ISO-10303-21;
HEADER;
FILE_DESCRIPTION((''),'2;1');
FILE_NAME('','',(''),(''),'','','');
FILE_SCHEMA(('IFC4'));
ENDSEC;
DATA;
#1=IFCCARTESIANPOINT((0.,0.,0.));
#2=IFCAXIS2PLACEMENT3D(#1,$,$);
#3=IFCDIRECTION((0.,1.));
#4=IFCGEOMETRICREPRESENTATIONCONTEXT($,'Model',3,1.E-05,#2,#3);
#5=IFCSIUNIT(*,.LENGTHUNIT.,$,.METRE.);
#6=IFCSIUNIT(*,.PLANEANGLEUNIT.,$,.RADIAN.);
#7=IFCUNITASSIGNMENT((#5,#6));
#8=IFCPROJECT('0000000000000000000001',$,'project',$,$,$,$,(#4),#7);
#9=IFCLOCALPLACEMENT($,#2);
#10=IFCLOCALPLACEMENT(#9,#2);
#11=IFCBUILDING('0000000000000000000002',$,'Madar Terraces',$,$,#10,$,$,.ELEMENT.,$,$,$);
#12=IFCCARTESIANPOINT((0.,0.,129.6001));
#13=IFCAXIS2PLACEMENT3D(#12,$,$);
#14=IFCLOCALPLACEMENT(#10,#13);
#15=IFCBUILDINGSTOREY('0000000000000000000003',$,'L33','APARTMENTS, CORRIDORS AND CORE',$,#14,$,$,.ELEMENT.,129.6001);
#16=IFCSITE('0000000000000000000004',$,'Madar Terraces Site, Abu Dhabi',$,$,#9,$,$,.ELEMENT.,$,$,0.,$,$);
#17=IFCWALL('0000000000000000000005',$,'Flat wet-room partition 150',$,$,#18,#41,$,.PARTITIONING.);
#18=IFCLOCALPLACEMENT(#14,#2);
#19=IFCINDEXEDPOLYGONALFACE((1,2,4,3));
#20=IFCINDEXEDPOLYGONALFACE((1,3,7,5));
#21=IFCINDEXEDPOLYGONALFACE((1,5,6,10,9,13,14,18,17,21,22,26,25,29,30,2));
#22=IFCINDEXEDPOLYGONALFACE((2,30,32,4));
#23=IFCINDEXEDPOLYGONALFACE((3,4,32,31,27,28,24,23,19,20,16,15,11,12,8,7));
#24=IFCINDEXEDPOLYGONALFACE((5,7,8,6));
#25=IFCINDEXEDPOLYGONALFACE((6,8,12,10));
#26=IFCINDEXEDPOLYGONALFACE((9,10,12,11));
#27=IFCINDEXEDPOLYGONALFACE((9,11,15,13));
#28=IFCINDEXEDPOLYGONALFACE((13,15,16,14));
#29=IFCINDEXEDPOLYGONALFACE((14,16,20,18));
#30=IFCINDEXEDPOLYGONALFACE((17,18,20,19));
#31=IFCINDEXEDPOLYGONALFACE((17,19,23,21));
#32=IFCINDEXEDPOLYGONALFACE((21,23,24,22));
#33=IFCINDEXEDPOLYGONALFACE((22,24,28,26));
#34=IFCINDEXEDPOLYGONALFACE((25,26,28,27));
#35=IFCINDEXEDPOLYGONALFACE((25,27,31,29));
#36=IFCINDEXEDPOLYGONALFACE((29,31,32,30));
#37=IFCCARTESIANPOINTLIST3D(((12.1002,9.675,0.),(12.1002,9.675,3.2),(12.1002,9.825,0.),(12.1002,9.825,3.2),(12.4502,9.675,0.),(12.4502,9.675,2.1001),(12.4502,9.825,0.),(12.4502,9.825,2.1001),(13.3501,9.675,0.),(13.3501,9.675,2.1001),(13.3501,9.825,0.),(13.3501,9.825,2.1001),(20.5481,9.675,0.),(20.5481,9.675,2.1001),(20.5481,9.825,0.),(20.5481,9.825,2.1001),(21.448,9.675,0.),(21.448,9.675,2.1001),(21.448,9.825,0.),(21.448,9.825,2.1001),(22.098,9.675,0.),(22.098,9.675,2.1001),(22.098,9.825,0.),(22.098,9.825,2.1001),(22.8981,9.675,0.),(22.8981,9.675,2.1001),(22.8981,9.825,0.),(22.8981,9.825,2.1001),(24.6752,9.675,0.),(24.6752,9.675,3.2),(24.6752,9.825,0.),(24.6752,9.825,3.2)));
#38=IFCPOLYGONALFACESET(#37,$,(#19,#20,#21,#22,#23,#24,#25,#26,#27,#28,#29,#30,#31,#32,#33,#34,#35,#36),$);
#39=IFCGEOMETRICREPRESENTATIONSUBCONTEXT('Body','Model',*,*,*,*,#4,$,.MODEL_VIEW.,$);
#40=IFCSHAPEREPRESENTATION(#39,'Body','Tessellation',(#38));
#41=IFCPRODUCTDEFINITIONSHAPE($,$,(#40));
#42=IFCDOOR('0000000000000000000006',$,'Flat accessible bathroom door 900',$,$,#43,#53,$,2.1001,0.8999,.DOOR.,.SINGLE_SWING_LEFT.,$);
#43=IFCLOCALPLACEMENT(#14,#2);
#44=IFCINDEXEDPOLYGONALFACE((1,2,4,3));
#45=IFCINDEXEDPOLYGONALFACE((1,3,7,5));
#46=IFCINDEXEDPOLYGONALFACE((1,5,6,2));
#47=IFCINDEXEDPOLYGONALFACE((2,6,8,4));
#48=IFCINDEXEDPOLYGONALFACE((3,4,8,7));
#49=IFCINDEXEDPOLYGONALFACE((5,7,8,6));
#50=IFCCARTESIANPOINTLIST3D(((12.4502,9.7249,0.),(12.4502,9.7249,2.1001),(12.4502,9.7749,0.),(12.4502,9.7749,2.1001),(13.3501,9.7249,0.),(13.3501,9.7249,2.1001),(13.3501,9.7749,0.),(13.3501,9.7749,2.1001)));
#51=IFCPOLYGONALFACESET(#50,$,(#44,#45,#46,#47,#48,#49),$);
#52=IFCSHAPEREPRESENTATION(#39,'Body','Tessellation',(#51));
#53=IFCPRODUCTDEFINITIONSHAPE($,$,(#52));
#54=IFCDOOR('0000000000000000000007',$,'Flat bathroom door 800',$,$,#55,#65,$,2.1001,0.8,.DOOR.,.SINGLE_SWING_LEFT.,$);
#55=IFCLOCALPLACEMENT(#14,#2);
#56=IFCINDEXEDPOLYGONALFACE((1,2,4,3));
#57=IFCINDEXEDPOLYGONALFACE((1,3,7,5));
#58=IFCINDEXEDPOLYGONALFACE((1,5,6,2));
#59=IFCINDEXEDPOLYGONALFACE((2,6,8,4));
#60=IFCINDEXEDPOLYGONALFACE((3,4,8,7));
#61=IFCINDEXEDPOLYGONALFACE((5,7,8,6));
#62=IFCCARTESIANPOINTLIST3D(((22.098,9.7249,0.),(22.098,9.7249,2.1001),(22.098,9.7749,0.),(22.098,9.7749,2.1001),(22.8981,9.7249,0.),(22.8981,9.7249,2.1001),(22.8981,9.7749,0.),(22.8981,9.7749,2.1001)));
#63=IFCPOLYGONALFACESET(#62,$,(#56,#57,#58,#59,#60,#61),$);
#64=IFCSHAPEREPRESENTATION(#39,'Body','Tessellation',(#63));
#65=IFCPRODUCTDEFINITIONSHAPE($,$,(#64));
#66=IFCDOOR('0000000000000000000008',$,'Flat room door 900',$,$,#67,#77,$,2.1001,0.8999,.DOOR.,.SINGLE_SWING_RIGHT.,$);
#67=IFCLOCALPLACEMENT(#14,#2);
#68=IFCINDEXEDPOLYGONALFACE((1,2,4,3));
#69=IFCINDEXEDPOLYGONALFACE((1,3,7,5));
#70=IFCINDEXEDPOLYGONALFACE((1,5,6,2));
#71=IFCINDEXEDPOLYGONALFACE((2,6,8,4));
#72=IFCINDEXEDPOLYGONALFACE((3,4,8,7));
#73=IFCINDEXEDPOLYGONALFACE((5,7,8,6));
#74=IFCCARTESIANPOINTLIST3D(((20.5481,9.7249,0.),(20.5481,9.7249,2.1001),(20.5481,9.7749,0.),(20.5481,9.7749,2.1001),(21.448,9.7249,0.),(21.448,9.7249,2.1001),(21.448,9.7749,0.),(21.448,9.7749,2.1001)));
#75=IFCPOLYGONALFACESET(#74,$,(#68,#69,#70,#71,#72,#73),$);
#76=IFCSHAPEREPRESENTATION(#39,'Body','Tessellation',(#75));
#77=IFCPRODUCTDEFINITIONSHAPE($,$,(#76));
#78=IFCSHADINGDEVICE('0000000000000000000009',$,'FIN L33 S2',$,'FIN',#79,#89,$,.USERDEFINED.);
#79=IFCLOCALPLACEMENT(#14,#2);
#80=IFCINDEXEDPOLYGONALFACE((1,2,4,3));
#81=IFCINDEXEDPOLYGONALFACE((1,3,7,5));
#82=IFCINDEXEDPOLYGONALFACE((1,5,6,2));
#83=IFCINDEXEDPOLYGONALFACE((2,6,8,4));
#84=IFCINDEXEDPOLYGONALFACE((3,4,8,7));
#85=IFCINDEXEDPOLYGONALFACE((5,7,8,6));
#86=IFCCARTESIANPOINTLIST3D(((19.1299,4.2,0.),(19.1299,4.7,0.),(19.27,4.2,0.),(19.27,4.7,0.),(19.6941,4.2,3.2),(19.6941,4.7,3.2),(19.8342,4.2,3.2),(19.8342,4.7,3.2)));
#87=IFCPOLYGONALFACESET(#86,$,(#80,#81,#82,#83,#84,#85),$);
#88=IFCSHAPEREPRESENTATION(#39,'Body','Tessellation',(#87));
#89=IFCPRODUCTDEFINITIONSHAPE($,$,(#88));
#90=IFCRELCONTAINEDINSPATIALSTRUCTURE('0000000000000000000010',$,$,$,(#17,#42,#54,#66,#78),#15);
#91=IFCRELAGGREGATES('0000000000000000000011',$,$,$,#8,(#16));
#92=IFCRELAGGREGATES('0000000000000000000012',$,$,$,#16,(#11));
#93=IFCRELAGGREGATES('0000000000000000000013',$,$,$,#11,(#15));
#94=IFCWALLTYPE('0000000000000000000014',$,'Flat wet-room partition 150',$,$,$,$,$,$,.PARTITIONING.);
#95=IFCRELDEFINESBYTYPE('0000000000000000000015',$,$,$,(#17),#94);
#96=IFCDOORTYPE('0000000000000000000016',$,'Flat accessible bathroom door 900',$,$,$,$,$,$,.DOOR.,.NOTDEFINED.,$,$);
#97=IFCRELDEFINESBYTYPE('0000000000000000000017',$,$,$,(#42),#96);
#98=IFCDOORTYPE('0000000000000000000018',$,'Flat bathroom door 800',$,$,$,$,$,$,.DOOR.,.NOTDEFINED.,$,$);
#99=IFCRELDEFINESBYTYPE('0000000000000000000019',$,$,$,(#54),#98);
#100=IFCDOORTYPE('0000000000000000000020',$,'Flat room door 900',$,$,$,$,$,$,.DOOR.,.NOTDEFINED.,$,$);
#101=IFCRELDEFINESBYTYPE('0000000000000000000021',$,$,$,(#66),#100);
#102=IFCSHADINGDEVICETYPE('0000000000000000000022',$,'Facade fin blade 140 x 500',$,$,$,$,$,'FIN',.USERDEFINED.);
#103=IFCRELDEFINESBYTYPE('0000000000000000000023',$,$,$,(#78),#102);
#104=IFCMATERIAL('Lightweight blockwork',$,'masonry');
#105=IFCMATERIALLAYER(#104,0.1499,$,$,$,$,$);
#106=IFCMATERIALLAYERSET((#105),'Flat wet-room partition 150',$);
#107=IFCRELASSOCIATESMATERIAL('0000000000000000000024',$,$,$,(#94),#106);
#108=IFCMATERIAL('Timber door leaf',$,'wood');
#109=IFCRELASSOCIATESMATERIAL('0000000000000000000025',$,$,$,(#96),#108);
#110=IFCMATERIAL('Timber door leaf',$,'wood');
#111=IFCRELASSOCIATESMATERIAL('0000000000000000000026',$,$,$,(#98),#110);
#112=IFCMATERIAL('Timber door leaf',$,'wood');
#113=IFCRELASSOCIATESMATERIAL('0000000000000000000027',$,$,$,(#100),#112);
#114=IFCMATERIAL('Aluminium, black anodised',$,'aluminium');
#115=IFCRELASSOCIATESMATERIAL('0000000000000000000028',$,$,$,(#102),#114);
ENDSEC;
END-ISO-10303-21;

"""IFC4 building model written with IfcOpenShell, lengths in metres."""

from ifc_helpers import new_model, si_unit, direction, frame, frame_2d, origin, place, context, subcontext, project, spatial, polyline, rectangle, outline, extrude, material, layer, layer_set, type_object, element, fill, save


model = new_model("IFC4")

# Units and contexts
model_context = context("Model", 3, precision=1e-05, world=origin(), true_north=direction((0.0, 1.0)))
body_context = subcontext(model_context, "Body", "Model", "MODEL_VIEW")
ifc_project = project(units=[si_unit("LENGTHUNIT", "METRE"), si_unit("PLANEANGLEUNIT", "RADIAN")], contexts=[model_context])

# Site, building, storey
site_placement = place(None, origin())
site = spatial("IfcSite", under=ifc_project, at=site_placement, Name="Madar Terraces Site, Abu Dhabi", CompositionType="ELEMENT", RefElevation=0.0)
building_placement = place(site_placement, origin())
building = spatial("IfcBuilding", under=site, at=building_placement, Name="Madar Terraces", CompositionType="ELEMENT")
storey_placement = place(building_placement, frame((0.0, 0.0, 129.6001)))
storey = spatial("IfcBuildingStorey", under=building, at=storey_placement, Name="L33", Description="APARTMENTS, CORRIDORS AND CORE", CompositionType="ELEMENT", Elevation=129.6001)

# Shared definitions
ifc_material_1 = material(Name="Lightweight blockwork", Category="masonry")
ifc_layer_1 = layer(ifc_material_1, 0.1499)
ifc_layer_set_1 = layer_set([ifc_layer_1], Name="Flat wet-room partition 150")
wall_type_1 = type_object("IfcWallType", Name="Flat wet-room partition 150", PredefinedType="PARTITIONING", material=ifc_layer_set_1)

# Wall, openings, doors
wall_1_placement = place(storey_placement, frame((12.1001, 9.75, 0.0), z_axis=(0.0, 0.0, 1.0), x_axis=(1.0, 0.0, 0.0)))
wall_1 = element("IfcWall", 1, at=wall_1_placement, inside=storey, type_object=wall_type_1, Name="Flat wet-room partition 150", PredefinedType="PARTITIONING", context=body_context, shape_type="SweptSolid", body=[
    extrude(rectangle(XDim=12.575, YDim=0.1499, at=frame_2d((6.2876, 0.0))), origin(), (0.0, 0.0, 1.0), 3.2),
])
opening_1_placement = place(wall_1_placement, frame((9.998, 0.0, 0.0)))
opening_1 = element("IfcOpeningElement", 2, at=opening_1_placement, cuts=wall_1, PredefinedType="OPENING", context=body_context, shape_type="SweptSolid", body=[
    extrude(rectangle(XDim=0.8, YDim=2.1001, at=frame_2d((0.3999, 1.05))), frame((0.0, 0.085, 0.0), z_axis=(0.0, -1.0, 0.0), x_axis=(1.0, 0.0, 0.0)), (0.0, 0.0, 1.0), 0.1699),
])
opening_2_placement = place(wall_1_placement, frame((8.448, 0.0, 0.0)))
opening_2 = element("IfcOpeningElement", 3, at=opening_2_placement, cuts=wall_1, PredefinedType="OPENING", context=body_context, shape_type="SweptSolid", body=[
    extrude(rectangle(XDim=0.8999, YDim=2.1001, at=frame_2d((0.45, 1.05))), frame((0.0, 0.085, 0.0), z_axis=(0.0, -1.0, 0.0), x_axis=(1.0, 0.0, 0.0)), (0.0, 0.0, 1.0), 0.1699),
])
opening_3_placement = place(wall_1_placement, frame((0.3501, 0.0, 0.0)))
opening_3 = element("IfcOpeningElement", 4, at=opening_3_placement, cuts=wall_1, PredefinedType="OPENING", context=body_context, shape_type="SweptSolid", body=[
    extrude(rectangle(XDim=0.8999, YDim=2.1001, at=frame_2d((0.45, 1.05))), frame((0.0, 0.085, 0.0), z_axis=(0.0, -1.0, 0.0), x_axis=(1.0, 0.0, 0.0)), (0.0, 0.0, 1.0), 0.1699),
])
ifc_material_2 = material(Name="Timber door leaf", Category="wood")
door_type_1 = type_object("IfcDoorType", Name="Flat accessible bathroom door 900", OperationType="NOTDEFINED", PredefinedType="DOOR", material=ifc_material_2)
door_1_placement = place(opening_3_placement, origin())
door_1 = element("IfcDoor", 5, at=door_1_placement, inside=storey, type_object=door_type_1, Name="Flat accessible bathroom door 900", OperationType="SINGLE_SWING_LEFT", OverallHeight=2.1001, OverallWidth=0.8999, PredefinedType="DOOR", context=body_context, shape_type="SweptSolid", body=[
    extrude(rectangle(XDim=0.8999, YDim=2.1001, at=frame_2d((0.45, 1.05))), frame((0.0, 0.0249, 0.0), z_axis=(0.0, -1.0, 0.0), x_axis=(1.0, 0.0, 0.0)), (0.0, 0.0, 1.0), 0.05),
])
fill(opening_3, door_1)
ifc_material_3 = material(Name="Timber door leaf", Category="wood")
door_type_2 = type_object("IfcDoorType", Name="Flat bathroom door 800", OperationType="NOTDEFINED", PredefinedType="DOOR", material=ifc_material_3)
door_2_placement = place(opening_1_placement, origin())
door_2 = element("IfcDoor", 6, at=door_2_placement, inside=storey, type_object=door_type_2, Name="Flat bathroom door 800", OperationType="SINGLE_SWING_LEFT", OverallHeight=2.1001, OverallWidth=0.8, PredefinedType="DOOR", context=body_context, shape_type="SweptSolid", body=[
    extrude(rectangle(XDim=0.8, YDim=2.1001, at=frame_2d((0.3999, 1.05))), frame((0.0, 0.0249, 0.0), z_axis=(0.0, -1.0, 0.0), x_axis=(1.0, 0.0, 0.0)), (0.0, 0.0, 1.0), 0.05),
])
fill(opening_1, door_2)
ifc_material_4 = material(Name="Timber door leaf", Category="wood")
door_type_3 = type_object("IfcDoorType", Name="Flat room door 900", OperationType="NOTDEFINED", PredefinedType="DOOR", material=ifc_material_4)
door_3_placement = place(opening_2_placement, origin())
door_3 = element("IfcDoor", 7, at=door_3_placement, inside=storey, type_object=door_type_3, Name="Flat room door 900", OperationType="SINGLE_SWING_RIGHT", OverallHeight=2.1001, OverallWidth=0.8999, PredefinedType="DOOR", context=body_context, shape_type="SweptSolid", body=[
    extrude(rectangle(XDim=0.8999, YDim=2.1001, at=frame_2d((0.45, 1.05))), frame((0.0, 0.0249, 0.0), z_axis=(0.0, -1.0, 0.0), x_axis=(1.0, 0.0, 0.0)), (0.0, 0.0, 1.0), 0.05),
])
fill(opening_2, door_3)

# Shading device
ifc_material_5 = material(Name="Aluminium, black anodised", Category="aluminium")
shading_device_type = type_object("IfcShadingDeviceType", Name="Facade fin blade 140 x 500", ElementType="FIN", PredefinedType="USERDEFINED", material=ifc_material_5)
shading_device_placement = place(storey_placement, frame((19.1299, 4.45, 0.0), z_axis=(0.0, 0.0, 1.0), x_axis=(1.0, 0.0, 0.0)))
element("IfcShadingDevice", 8, at=shading_device_placement, inside=storey, type_object=shading_device_type, Name="FIN L33 S2", ObjectType="FIN", PredefinedType="USERDEFINED", context=body_context, shape_type="SweptSolid", body=[
    extrude(outline(polyline([(0.0, 0.0), (0.1401, 0.0), (0.7043, 3.2), (0.5642, 3.2), (0.0, 0.0)])), frame((0.0, 0.25, 0.0), z_axis=(0.0, -1.0, 0.0), x_axis=(1.0, 0.0, 0.0)), (0.0, 0.0, 1.0), 0.5),
])

save(model, "model.ifc")
